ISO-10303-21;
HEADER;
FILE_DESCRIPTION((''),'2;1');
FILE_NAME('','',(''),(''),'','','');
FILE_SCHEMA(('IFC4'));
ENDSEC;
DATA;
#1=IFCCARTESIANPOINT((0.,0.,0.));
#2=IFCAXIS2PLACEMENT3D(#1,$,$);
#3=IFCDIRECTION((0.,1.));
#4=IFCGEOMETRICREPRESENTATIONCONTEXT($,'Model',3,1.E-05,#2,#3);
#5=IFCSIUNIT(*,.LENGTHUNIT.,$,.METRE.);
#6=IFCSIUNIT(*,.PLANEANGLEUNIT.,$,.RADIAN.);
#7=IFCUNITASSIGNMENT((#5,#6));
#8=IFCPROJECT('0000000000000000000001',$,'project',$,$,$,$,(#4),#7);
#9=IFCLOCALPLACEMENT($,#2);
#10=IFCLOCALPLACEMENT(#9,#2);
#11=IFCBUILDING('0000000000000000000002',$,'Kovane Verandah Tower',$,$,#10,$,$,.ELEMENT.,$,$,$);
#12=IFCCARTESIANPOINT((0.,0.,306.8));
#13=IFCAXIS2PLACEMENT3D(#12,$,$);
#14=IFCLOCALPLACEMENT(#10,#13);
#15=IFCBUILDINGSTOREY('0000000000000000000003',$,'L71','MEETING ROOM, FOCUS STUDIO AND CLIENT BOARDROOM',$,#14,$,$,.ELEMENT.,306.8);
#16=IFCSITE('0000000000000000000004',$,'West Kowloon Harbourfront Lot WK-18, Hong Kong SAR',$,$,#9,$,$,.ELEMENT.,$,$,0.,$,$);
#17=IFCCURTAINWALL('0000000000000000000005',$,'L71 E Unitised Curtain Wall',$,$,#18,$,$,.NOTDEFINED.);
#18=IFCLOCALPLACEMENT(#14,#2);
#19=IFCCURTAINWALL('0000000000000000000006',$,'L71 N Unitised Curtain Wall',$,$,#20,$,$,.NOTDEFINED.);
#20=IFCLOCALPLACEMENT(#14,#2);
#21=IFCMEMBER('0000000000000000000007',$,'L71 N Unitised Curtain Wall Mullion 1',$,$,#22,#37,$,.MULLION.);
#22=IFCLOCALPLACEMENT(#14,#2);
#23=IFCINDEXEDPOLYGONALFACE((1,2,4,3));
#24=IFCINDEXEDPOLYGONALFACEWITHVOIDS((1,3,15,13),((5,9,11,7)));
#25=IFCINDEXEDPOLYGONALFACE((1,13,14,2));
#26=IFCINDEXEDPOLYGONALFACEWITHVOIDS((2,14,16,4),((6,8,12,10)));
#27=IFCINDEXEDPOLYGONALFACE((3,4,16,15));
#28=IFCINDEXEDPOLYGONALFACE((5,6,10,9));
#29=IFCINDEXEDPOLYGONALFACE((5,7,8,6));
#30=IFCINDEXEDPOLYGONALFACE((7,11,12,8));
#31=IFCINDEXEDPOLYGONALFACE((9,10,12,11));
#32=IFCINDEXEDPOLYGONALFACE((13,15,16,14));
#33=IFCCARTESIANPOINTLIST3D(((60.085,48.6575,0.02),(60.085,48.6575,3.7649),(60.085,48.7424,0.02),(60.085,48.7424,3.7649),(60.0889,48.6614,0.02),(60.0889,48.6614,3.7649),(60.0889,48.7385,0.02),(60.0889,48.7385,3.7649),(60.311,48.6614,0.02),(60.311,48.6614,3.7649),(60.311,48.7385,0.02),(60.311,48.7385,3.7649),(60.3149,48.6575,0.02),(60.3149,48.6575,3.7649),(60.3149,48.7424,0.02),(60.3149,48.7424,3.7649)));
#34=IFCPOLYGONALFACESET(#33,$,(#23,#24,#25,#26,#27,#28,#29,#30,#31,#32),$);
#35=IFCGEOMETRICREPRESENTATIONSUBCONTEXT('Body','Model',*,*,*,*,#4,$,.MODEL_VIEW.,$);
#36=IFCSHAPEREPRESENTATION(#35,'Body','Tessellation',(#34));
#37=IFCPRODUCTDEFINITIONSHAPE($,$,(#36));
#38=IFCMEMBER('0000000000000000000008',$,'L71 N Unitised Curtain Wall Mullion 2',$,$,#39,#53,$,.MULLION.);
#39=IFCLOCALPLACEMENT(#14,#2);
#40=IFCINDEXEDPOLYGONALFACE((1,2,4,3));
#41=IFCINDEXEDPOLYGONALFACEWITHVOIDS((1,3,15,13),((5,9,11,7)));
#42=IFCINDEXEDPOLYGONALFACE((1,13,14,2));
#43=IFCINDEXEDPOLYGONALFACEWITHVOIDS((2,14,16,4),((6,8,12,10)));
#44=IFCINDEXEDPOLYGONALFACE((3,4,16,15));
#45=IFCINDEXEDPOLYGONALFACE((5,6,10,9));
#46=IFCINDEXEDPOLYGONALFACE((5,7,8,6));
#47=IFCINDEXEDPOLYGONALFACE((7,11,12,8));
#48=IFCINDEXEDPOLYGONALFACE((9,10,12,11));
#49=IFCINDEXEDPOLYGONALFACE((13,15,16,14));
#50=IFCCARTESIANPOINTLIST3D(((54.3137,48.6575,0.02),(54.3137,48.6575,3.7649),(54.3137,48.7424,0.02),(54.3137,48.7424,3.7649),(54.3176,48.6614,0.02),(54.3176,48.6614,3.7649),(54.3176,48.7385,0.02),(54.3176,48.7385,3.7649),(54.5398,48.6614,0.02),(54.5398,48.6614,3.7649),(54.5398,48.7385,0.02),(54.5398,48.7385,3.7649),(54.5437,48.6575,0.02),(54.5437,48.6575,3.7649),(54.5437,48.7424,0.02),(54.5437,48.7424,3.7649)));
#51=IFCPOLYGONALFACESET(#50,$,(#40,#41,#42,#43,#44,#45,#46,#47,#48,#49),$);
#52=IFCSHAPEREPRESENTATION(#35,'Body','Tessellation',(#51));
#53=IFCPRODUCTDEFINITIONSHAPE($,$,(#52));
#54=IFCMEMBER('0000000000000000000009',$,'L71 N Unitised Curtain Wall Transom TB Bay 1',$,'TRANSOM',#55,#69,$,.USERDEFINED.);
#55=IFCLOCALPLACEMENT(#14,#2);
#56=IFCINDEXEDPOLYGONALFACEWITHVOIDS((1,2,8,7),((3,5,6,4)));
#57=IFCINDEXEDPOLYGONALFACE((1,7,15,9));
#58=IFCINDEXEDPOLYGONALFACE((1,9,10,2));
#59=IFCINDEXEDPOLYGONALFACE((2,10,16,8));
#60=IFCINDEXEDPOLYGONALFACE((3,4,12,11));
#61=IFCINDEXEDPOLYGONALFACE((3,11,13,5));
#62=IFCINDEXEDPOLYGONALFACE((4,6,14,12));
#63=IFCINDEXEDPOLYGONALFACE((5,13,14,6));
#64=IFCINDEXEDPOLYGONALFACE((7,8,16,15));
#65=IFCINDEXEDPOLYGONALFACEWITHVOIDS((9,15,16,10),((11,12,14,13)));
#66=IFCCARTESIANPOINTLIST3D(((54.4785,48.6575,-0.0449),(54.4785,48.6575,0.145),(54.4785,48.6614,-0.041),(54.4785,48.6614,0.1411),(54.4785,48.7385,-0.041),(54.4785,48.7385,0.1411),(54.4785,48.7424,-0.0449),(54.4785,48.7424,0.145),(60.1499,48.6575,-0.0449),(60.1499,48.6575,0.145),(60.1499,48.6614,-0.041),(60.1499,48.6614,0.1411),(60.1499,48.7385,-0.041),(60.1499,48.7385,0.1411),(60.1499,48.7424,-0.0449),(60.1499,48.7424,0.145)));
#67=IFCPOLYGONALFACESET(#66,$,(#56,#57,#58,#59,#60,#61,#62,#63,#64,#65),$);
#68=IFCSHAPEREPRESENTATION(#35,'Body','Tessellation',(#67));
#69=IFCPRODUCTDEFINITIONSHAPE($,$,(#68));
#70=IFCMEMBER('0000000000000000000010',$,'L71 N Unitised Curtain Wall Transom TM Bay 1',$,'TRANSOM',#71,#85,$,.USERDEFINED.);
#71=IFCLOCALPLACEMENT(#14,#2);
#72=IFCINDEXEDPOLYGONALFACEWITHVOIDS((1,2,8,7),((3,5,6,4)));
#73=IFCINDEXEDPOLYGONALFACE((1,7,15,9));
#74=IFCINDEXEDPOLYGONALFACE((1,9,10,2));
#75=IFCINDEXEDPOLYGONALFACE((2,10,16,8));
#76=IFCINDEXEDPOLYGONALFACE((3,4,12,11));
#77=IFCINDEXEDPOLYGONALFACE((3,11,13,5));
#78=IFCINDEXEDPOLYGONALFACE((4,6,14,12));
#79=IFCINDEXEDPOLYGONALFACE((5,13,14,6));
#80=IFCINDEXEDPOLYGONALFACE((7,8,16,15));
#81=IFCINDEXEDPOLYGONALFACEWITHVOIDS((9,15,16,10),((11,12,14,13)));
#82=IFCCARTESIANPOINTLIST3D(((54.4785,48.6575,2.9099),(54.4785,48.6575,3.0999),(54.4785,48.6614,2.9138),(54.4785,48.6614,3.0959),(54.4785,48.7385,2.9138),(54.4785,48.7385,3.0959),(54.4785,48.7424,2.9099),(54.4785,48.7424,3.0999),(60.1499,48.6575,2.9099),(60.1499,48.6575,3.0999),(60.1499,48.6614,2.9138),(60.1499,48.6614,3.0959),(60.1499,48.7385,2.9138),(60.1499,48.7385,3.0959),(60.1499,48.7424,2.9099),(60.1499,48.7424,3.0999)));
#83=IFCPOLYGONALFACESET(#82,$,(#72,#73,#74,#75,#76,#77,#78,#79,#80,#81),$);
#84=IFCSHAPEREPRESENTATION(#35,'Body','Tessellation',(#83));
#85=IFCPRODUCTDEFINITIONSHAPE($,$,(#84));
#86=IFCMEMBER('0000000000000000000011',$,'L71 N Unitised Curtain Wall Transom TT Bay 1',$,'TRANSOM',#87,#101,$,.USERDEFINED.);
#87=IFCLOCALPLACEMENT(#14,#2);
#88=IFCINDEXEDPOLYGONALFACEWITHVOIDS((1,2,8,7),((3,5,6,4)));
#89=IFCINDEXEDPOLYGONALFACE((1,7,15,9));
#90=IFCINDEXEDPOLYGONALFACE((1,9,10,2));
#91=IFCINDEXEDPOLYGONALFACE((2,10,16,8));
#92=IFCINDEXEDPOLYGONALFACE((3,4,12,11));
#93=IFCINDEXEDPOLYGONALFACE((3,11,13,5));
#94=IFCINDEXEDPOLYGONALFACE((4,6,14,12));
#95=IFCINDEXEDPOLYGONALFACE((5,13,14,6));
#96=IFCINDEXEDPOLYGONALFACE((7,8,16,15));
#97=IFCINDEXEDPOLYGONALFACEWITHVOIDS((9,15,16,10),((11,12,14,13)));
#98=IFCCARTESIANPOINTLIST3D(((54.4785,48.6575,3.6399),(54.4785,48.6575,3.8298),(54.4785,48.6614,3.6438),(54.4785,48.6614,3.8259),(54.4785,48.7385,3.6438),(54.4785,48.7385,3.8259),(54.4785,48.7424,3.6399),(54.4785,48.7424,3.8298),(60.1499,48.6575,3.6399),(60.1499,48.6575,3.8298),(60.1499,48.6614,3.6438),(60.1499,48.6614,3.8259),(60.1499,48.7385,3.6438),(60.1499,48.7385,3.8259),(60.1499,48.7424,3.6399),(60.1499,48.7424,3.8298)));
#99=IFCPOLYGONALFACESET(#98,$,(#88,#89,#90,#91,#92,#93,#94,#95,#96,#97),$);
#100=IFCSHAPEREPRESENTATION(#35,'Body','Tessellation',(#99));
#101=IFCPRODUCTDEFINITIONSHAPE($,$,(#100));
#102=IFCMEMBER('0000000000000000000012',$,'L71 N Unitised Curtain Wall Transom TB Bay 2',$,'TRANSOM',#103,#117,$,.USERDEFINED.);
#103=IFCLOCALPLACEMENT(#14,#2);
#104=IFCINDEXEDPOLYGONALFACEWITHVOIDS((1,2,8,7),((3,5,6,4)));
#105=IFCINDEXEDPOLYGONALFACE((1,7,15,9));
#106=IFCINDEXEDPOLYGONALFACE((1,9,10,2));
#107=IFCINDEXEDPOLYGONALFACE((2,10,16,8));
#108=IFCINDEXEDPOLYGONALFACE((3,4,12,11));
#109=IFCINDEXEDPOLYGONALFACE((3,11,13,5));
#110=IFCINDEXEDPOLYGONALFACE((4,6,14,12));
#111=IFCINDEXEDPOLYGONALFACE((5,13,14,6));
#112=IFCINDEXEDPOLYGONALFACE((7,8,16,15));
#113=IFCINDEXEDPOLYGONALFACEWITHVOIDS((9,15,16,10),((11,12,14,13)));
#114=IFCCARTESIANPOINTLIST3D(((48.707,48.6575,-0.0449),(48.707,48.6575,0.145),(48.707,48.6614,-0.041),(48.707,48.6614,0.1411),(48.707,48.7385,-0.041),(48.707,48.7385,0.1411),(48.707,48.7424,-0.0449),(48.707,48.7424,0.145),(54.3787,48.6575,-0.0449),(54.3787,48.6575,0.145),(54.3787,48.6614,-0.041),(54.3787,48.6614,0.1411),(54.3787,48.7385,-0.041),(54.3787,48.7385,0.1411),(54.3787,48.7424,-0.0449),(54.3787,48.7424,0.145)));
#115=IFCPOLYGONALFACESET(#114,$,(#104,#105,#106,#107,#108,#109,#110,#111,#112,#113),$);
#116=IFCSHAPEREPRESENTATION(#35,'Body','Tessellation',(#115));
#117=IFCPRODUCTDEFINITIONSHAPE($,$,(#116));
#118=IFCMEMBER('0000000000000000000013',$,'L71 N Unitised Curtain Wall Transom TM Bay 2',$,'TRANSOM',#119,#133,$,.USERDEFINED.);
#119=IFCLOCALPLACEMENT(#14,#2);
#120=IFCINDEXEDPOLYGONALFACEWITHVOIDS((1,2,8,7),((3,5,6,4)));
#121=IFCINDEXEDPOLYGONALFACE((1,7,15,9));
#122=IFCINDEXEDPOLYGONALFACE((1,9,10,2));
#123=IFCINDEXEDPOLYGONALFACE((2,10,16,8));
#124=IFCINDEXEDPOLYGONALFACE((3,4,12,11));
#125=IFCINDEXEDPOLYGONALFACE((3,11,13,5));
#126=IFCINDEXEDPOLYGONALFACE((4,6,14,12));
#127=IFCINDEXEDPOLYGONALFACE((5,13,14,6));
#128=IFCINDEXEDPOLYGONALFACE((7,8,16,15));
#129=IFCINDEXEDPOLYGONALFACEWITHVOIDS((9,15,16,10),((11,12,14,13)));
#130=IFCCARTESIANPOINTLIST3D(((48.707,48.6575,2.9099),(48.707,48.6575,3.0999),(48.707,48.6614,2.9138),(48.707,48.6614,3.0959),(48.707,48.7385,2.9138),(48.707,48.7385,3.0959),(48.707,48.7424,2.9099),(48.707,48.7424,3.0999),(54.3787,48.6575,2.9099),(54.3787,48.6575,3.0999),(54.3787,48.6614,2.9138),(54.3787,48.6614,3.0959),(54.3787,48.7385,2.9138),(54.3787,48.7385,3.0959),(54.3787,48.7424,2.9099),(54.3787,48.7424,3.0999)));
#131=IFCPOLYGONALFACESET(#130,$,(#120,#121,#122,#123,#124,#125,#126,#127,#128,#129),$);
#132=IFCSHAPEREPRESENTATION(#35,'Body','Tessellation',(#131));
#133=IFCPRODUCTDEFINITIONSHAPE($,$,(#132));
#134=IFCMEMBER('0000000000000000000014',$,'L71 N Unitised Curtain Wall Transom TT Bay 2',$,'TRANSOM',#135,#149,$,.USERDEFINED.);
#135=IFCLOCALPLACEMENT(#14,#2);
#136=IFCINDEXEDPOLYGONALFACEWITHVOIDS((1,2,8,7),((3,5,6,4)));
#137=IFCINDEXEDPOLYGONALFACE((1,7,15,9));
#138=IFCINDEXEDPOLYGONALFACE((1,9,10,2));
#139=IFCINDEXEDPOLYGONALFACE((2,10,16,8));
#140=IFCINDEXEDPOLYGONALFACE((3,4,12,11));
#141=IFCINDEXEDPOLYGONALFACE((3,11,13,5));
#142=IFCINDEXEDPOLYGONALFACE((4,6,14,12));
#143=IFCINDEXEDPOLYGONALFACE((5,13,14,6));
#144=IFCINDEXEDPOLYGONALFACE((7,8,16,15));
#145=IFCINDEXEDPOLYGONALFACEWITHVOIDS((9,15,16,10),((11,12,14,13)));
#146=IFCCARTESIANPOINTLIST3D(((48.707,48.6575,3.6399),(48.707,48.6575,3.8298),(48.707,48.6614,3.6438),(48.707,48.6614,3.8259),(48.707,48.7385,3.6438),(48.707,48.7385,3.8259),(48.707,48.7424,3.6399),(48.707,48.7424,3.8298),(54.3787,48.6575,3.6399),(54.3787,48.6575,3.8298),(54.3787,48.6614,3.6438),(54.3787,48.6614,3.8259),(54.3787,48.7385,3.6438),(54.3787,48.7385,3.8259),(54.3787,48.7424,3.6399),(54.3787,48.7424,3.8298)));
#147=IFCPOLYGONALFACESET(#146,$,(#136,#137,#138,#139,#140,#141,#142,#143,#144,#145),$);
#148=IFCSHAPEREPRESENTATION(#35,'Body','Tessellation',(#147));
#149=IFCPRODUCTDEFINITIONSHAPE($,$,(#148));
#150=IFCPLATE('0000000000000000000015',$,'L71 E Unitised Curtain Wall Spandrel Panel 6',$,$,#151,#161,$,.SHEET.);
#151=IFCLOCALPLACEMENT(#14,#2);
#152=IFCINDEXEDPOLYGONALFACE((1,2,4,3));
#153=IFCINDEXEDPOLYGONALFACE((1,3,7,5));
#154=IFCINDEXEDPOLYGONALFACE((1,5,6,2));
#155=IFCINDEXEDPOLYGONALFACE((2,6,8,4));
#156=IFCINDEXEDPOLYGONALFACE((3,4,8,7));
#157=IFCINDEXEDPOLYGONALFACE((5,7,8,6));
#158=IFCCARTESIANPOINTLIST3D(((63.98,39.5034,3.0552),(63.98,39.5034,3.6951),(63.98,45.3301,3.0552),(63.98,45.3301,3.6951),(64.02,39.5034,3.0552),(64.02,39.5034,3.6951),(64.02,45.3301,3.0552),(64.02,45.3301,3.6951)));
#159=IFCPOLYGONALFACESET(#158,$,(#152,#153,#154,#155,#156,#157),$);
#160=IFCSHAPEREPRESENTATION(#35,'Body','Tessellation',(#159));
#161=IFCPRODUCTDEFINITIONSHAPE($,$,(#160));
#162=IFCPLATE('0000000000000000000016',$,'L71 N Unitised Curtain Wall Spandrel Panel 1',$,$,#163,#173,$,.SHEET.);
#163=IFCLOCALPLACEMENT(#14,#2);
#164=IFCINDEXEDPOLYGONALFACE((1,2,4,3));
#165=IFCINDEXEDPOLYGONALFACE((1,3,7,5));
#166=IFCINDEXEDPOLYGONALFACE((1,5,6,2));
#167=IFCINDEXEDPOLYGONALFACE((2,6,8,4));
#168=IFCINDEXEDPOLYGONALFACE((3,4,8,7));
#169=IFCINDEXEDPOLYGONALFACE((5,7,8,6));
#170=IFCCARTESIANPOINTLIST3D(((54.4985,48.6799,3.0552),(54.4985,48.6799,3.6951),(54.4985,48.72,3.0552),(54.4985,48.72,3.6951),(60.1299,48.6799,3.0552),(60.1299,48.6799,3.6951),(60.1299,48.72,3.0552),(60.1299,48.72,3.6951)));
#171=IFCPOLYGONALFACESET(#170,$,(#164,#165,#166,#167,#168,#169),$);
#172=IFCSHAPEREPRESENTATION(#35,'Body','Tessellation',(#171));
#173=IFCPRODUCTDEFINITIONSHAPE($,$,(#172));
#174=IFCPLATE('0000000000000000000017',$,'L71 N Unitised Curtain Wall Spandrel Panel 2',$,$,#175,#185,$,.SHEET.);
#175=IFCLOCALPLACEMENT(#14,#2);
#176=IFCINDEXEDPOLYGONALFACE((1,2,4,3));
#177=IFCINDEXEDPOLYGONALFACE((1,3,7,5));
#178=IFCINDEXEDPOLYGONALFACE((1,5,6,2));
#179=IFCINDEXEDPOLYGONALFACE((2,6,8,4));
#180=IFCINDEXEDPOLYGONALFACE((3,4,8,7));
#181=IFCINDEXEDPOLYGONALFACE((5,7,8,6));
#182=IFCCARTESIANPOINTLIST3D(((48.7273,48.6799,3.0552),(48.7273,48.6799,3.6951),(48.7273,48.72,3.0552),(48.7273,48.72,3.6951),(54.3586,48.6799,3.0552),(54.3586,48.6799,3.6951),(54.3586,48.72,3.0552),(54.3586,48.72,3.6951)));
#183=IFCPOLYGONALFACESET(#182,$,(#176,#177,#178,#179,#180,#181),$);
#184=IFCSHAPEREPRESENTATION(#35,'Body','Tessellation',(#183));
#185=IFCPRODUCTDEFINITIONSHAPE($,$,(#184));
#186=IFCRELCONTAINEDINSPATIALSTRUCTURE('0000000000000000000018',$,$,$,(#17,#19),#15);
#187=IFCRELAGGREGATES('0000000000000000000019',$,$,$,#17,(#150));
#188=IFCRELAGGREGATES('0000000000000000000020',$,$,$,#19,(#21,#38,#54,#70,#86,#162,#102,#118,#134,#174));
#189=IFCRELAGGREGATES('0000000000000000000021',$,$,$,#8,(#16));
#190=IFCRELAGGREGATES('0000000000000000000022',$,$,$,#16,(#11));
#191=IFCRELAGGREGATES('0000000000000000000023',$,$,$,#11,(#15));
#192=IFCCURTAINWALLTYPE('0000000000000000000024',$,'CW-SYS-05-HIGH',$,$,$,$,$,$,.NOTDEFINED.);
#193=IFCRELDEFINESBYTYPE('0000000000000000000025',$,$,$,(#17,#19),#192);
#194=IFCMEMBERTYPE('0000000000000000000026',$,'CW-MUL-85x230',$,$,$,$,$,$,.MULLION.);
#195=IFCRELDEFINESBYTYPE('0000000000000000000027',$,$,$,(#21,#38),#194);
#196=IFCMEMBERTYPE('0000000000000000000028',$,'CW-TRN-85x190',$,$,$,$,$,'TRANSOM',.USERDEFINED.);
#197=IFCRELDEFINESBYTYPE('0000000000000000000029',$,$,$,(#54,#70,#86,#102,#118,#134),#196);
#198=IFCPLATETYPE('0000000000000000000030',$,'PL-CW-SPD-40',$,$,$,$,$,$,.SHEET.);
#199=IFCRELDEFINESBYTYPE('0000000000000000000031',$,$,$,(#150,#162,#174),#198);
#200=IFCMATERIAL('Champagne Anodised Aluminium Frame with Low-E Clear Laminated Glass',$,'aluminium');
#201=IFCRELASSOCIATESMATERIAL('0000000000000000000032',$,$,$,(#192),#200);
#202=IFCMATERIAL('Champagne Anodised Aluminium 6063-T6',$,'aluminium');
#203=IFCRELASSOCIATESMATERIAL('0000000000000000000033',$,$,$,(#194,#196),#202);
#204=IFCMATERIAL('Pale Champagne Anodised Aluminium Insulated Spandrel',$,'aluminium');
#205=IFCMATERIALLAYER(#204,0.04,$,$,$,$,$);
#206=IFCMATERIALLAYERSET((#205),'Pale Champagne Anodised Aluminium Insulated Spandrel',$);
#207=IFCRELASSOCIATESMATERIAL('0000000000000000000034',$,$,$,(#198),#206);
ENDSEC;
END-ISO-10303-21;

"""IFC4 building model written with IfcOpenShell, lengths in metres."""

from ifc_helpers import new_model, si_unit, direction, frame, origin, origin_2d, place, context, subcontext, project, spatial, rectangle, hollow_rectangle, extrude, material, layer, layer_set, material_profile, profile_set, type_object, element, aggregate, save


model = new_model("IFC4")

# Units and contexts
model_context = context("Model", 3, precision=1e-05, world=origin(), true_north=direction((0.0, 1.0)))
body_context = subcontext(model_context, "Body", "Model", "MODEL_VIEW")
ifc_project = project(units=[si_unit("LENGTHUNIT", "METRE"), si_unit("PLANEANGLEUNIT", "RADIAN")], contexts=[model_context])

# Site, building, storey
site_placement = place(None, origin())
site = spatial("IfcSite", under=ifc_project, at=site_placement, Name="West Kowloon Harbourfront Lot WK-18, Hong Kong SAR", CompositionType="ELEMENT", RefElevation=0.0)
building_placement = place(site_placement, origin())
building = spatial("IfcBuilding", under=site, at=building_placement, Name="Kovane Verandah Tower", CompositionType="ELEMENT")
storey_placement = place(building_placement, frame((0.0, 0.0, 306.8)))
storey = spatial("IfcBuildingStorey", under=building, at=storey_placement, Name="L71", Description="MEETING ROOM, FOCUS STUDIO AND CLIENT BOARDROOM", CompositionType="ELEMENT", Elevation=306.8)

# Curtain wall
ifc_material_1 = material(Name="Champagne Anodised Aluminium Frame with Low-E Clear Laminated Glass", Category="aluminium")
curtain_wall_type = type_object("IfcCurtainWallType", Name="CW-SYS-05-HIGH", PredefinedType="NOTDEFINED", material=ifc_material_1)
curtain_wall_1_placement = place(storey_placement, origin())
curtain_wall_1 = element("IfcCurtainWall", 1, at=curtain_wall_1_placement, inside=storey, type_object=curtain_wall_type, Name="L71 E Unitised Curtain Wall", PredefinedType="NOTDEFINED")
ifc_material_2 = material(Name="Champagne Anodised Aluminium 6063-T6", Category="aluminium")
ifc_material_profile_1 = material_profile(ifc_material_2, hollow_rectangle(XDim=0.085, YDim=0.23, WallThickness=0.0039, at=origin_2d()), Name="AL85x230x4")
ifc_profile_set_1 = profile_set([ifc_material_profile_1], Name="Champagne Anodised Aluminium 6063-T6")
member_type_1 = type_object("IfcMemberType", Name="CW-MUL-85x230", PredefinedType="MULLION", material=ifc_profile_set_1)

# Curtain wall, members
curtain_wall_2_placement = place(storey_placement, origin())
curtain_wall_2 = element("IfcCurtainWall", 2, at=curtain_wall_2_placement, inside=storey, type_object=curtain_wall_type, Name="L71 N Unitised Curtain Wall", PredefinedType="NOTDEFINED")
member_1_placement = place(storey_placement, frame((60.2, 48.7, 0.02), z_axis=(0.0, 0.0, 1.0), x_axis=(0.0, 1.0, 0.0)))
member_1 = element("IfcMember", 3, at=member_1_placement, type_object=member_type_1, Name="L71 N Unitised Curtain Wall Mullion 1", PredefinedType="MULLION", context=body_context, shape_type="SweptSolid", body=[
    extrude(hollow_rectangle(XDim=0.085, YDim=0.23, WallThickness=0.0039, at=origin_2d()), origin(), (0.0, 0.0, 1.0), 3.7449),
])
member_2_placement = place(storey_placement, frame((54.4287, 48.7, 0.02), z_axis=(0.0, 0.0, 1.0), x_axis=(0.0, 1.0, 0.0)))
member_2 = element("IfcMember", 4, at=member_2_placement, type_object=member_type_1, Name="L71 N Unitised Curtain Wall Mullion 2", PredefinedType="MULLION", context=body_context, shape_type="SweptSolid", body=[
    extrude(hollow_rectangle(XDim=0.085, YDim=0.23, WallThickness=0.0039, at=origin_2d()), origin(), (0.0, 0.0, 1.0), 3.7449),
])
ifc_material_profile_2 = material_profile(ifc_material_2, hollow_rectangle(XDim=0.085, YDim=0.1899, WallThickness=0.0039, at=origin_2d()), Name="AL85x190x4")
ifc_profile_set_2 = profile_set([ifc_material_profile_2], Name="Champagne Anodised Aluminium 6063-T6")
member_type_2 = type_object("IfcMemberType", Name="CW-TRN-85x190", ElementType="TRANSOM", PredefinedType="USERDEFINED", material=ifc_profile_set_2)
member_3_placement = place(storey_placement, frame((60.1499, 48.7, 0.05), z_axis=(-1.0, 0.0, 0.0), x_axis=(0.0, -1.0, 0.0)))
member_3 = element("IfcMember", 5, at=member_3_placement, type_object=member_type_2, Name="L71 N Unitised Curtain Wall Transom TB Bay 1", ObjectType="TRANSOM", PredefinedType="USERDEFINED", context=body_context, shape_type="SweptSolid", body=[
    extrude(hollow_rectangle(XDim=0.085, YDim=0.1899, WallThickness=0.0039, at=origin_2d()), origin(), (0.0, 0.0, 1.0), 5.6714),
])
member_4_placement = place(storey_placement, frame((60.1499, 48.7, 3.0049), z_axis=(-1.0, 0.0, 0.0), x_axis=(0.0, -1.0, 0.0)))
member_4 = element("IfcMember", 6, at=member_4_placement, type_object=member_type_2, Name="L71 N Unitised Curtain Wall Transom TM Bay 1", ObjectType="TRANSOM", PredefinedType="USERDEFINED", context=body_context, shape_type="SweptSolid", body=[
    extrude(hollow_rectangle(XDim=0.085, YDim=0.1899, WallThickness=0.0039, at=origin_2d()), origin(), (0.0, 0.0, 1.0), 5.6714),
])
member_5_placement = place(storey_placement, frame((60.1499, 48.7, 3.7349), z_axis=(-1.0, 0.0, 0.0), x_axis=(0.0, -1.0, 0.0)))
member_5 = element("IfcMember", 7, at=member_5_placement, type_object=member_type_2, Name="L71 N Unitised Curtain Wall Transom TT Bay 1", ObjectType="TRANSOM", PredefinedType="USERDEFINED", context=body_context, shape_type="SweptSolid", body=[
    extrude(hollow_rectangle(XDim=0.085, YDim=0.1899, WallThickness=0.0039, at=origin_2d()), origin(), (0.0, 0.0, 1.0), 5.6714),
])
member_6_placement = place(storey_placement, frame((54.3787, 48.7, 0.05), z_axis=(-1.0, 0.0, 0.0), x_axis=(0.0, -1.0, 0.0)))
member_6 = element("IfcMember", 8, at=member_6_placement, type_object=member_type_2, Name="L71 N Unitised Curtain Wall Transom TB Bay 2", ObjectType="TRANSOM", PredefinedType="USERDEFINED", context=body_context, shape_type="SweptSolid", body=[
    extrude(hollow_rectangle(XDim=0.085, YDim=0.1899, WallThickness=0.0039, at=origin_2d()), origin(), (0.0, 0.0, 1.0), 5.6716),
])
member_7_placement = place(storey_placement, frame((54.3787, 48.7, 3.0049), z_axis=(-1.0, 0.0, 0.0), x_axis=(0.0, -1.0, 0.0)))
member_7 = element("IfcMember", 9, at=member_7_placement, type_object=member_type_2, Name="L71 N Unitised Curtain Wall Transom TM Bay 2", ObjectType="TRANSOM", PredefinedType="USERDEFINED", context=body_context, shape_type="SweptSolid", body=[
    extrude(hollow_rectangle(XDim=0.085, YDim=0.1899, WallThickness=0.0039, at=origin_2d()), origin(), (0.0, 0.0, 1.0), 5.6716),
])
member_8_placement = place(storey_placement, frame((54.3787, 48.7, 3.7349), z_axis=(-1.0, 0.0, 0.0), x_axis=(0.0, -1.0, 0.0)))
member_8 = element("IfcMember", 10, at=member_8_placement, type_object=member_type_2, Name="L71 N Unitised Curtain Wall Transom TT Bay 2", ObjectType="TRANSOM", PredefinedType="USERDEFINED", context=body_context, shape_type="SweptSolid", body=[
    extrude(hollow_rectangle(XDim=0.085, YDim=0.1899, WallThickness=0.0039, at=origin_2d()), origin(), (0.0, 0.0, 1.0), 5.6716),
])

# Plates
ifc_material_3 = material(Name="Pale Champagne Anodised Aluminium Insulated Spandrel", Category="aluminium")
ifc_layer_1 = layer(ifc_material_3, 0.04)
ifc_layer_set_1 = layer_set([ifc_layer_1], Name="Pale Champagne Anodised Aluminium Insulated Spandrel")
plate_type_1 = type_object("IfcPlateType", Name="PL-CW-SPD-40", PredefinedType="SHEET", material=ifc_layer_set_1)
plate_1_placement = place(storey_placement, frame((64.0, 42.4167, 3.0552), z_axis=(0.0, 0.0, 1.0), x_axis=(0.0, 1.0, 0.0)))
plate_1 = element("IfcPlate", 11, at=plate_1_placement, type_object=plate_type_1, Name="L71 E Unitised Curtain Wall Spandrel Panel 6", PredefinedType="SHEET", context=body_context, shape_type="SweptSolid", body=[
    extrude(rectangle(XDim=5.8267, YDim=0.04, at=origin_2d()), origin(), (0.0, 0.0, 1.0), 0.6399),
])
aggregate(curtain_wall_1, [plate_1])
plate_2_placement = place(storey_placement, frame((57.3142, 48.7, 3.0552), z_axis=(0.0, 0.0, 1.0), x_axis=(-1.0, 0.0, 0.0)))
plate_2 = element("IfcPlate", 12, at=plate_2_placement, type_object=plate_type_1, Name="L71 N Unitised Curtain Wall Spandrel Panel 1", PredefinedType="SHEET", context=body_context, shape_type="SweptSolid", body=[
    extrude(rectangle(XDim=5.6313, YDim=0.04, at=origin_2d()), origin(), (0.0, 0.0, 1.0), 0.6399),
])
plate_3_placement = place(storey_placement, frame((51.543, 48.7, 3.0552), z_axis=(0.0, 0.0, 1.0), x_axis=(-1.0, 0.0, 0.0)))
plate_3 = element("IfcPlate", 13, at=plate_3_placement, type_object=plate_type_1, Name="L71 N Unitised Curtain Wall Spandrel Panel 2", PredefinedType="SHEET", context=body_context, shape_type="SweptSolid", body=[
    extrude(rectangle(XDim=5.6313, YDim=0.04, at=origin_2d()), origin(), (0.0, 0.0, 1.0), 0.6399),
])
aggregate(curtain_wall_2, [member_1, member_2, member_3, member_4, member_5, plate_2, member_6, member_7, member_8, plate_3])

save(model, "model.ifc")
